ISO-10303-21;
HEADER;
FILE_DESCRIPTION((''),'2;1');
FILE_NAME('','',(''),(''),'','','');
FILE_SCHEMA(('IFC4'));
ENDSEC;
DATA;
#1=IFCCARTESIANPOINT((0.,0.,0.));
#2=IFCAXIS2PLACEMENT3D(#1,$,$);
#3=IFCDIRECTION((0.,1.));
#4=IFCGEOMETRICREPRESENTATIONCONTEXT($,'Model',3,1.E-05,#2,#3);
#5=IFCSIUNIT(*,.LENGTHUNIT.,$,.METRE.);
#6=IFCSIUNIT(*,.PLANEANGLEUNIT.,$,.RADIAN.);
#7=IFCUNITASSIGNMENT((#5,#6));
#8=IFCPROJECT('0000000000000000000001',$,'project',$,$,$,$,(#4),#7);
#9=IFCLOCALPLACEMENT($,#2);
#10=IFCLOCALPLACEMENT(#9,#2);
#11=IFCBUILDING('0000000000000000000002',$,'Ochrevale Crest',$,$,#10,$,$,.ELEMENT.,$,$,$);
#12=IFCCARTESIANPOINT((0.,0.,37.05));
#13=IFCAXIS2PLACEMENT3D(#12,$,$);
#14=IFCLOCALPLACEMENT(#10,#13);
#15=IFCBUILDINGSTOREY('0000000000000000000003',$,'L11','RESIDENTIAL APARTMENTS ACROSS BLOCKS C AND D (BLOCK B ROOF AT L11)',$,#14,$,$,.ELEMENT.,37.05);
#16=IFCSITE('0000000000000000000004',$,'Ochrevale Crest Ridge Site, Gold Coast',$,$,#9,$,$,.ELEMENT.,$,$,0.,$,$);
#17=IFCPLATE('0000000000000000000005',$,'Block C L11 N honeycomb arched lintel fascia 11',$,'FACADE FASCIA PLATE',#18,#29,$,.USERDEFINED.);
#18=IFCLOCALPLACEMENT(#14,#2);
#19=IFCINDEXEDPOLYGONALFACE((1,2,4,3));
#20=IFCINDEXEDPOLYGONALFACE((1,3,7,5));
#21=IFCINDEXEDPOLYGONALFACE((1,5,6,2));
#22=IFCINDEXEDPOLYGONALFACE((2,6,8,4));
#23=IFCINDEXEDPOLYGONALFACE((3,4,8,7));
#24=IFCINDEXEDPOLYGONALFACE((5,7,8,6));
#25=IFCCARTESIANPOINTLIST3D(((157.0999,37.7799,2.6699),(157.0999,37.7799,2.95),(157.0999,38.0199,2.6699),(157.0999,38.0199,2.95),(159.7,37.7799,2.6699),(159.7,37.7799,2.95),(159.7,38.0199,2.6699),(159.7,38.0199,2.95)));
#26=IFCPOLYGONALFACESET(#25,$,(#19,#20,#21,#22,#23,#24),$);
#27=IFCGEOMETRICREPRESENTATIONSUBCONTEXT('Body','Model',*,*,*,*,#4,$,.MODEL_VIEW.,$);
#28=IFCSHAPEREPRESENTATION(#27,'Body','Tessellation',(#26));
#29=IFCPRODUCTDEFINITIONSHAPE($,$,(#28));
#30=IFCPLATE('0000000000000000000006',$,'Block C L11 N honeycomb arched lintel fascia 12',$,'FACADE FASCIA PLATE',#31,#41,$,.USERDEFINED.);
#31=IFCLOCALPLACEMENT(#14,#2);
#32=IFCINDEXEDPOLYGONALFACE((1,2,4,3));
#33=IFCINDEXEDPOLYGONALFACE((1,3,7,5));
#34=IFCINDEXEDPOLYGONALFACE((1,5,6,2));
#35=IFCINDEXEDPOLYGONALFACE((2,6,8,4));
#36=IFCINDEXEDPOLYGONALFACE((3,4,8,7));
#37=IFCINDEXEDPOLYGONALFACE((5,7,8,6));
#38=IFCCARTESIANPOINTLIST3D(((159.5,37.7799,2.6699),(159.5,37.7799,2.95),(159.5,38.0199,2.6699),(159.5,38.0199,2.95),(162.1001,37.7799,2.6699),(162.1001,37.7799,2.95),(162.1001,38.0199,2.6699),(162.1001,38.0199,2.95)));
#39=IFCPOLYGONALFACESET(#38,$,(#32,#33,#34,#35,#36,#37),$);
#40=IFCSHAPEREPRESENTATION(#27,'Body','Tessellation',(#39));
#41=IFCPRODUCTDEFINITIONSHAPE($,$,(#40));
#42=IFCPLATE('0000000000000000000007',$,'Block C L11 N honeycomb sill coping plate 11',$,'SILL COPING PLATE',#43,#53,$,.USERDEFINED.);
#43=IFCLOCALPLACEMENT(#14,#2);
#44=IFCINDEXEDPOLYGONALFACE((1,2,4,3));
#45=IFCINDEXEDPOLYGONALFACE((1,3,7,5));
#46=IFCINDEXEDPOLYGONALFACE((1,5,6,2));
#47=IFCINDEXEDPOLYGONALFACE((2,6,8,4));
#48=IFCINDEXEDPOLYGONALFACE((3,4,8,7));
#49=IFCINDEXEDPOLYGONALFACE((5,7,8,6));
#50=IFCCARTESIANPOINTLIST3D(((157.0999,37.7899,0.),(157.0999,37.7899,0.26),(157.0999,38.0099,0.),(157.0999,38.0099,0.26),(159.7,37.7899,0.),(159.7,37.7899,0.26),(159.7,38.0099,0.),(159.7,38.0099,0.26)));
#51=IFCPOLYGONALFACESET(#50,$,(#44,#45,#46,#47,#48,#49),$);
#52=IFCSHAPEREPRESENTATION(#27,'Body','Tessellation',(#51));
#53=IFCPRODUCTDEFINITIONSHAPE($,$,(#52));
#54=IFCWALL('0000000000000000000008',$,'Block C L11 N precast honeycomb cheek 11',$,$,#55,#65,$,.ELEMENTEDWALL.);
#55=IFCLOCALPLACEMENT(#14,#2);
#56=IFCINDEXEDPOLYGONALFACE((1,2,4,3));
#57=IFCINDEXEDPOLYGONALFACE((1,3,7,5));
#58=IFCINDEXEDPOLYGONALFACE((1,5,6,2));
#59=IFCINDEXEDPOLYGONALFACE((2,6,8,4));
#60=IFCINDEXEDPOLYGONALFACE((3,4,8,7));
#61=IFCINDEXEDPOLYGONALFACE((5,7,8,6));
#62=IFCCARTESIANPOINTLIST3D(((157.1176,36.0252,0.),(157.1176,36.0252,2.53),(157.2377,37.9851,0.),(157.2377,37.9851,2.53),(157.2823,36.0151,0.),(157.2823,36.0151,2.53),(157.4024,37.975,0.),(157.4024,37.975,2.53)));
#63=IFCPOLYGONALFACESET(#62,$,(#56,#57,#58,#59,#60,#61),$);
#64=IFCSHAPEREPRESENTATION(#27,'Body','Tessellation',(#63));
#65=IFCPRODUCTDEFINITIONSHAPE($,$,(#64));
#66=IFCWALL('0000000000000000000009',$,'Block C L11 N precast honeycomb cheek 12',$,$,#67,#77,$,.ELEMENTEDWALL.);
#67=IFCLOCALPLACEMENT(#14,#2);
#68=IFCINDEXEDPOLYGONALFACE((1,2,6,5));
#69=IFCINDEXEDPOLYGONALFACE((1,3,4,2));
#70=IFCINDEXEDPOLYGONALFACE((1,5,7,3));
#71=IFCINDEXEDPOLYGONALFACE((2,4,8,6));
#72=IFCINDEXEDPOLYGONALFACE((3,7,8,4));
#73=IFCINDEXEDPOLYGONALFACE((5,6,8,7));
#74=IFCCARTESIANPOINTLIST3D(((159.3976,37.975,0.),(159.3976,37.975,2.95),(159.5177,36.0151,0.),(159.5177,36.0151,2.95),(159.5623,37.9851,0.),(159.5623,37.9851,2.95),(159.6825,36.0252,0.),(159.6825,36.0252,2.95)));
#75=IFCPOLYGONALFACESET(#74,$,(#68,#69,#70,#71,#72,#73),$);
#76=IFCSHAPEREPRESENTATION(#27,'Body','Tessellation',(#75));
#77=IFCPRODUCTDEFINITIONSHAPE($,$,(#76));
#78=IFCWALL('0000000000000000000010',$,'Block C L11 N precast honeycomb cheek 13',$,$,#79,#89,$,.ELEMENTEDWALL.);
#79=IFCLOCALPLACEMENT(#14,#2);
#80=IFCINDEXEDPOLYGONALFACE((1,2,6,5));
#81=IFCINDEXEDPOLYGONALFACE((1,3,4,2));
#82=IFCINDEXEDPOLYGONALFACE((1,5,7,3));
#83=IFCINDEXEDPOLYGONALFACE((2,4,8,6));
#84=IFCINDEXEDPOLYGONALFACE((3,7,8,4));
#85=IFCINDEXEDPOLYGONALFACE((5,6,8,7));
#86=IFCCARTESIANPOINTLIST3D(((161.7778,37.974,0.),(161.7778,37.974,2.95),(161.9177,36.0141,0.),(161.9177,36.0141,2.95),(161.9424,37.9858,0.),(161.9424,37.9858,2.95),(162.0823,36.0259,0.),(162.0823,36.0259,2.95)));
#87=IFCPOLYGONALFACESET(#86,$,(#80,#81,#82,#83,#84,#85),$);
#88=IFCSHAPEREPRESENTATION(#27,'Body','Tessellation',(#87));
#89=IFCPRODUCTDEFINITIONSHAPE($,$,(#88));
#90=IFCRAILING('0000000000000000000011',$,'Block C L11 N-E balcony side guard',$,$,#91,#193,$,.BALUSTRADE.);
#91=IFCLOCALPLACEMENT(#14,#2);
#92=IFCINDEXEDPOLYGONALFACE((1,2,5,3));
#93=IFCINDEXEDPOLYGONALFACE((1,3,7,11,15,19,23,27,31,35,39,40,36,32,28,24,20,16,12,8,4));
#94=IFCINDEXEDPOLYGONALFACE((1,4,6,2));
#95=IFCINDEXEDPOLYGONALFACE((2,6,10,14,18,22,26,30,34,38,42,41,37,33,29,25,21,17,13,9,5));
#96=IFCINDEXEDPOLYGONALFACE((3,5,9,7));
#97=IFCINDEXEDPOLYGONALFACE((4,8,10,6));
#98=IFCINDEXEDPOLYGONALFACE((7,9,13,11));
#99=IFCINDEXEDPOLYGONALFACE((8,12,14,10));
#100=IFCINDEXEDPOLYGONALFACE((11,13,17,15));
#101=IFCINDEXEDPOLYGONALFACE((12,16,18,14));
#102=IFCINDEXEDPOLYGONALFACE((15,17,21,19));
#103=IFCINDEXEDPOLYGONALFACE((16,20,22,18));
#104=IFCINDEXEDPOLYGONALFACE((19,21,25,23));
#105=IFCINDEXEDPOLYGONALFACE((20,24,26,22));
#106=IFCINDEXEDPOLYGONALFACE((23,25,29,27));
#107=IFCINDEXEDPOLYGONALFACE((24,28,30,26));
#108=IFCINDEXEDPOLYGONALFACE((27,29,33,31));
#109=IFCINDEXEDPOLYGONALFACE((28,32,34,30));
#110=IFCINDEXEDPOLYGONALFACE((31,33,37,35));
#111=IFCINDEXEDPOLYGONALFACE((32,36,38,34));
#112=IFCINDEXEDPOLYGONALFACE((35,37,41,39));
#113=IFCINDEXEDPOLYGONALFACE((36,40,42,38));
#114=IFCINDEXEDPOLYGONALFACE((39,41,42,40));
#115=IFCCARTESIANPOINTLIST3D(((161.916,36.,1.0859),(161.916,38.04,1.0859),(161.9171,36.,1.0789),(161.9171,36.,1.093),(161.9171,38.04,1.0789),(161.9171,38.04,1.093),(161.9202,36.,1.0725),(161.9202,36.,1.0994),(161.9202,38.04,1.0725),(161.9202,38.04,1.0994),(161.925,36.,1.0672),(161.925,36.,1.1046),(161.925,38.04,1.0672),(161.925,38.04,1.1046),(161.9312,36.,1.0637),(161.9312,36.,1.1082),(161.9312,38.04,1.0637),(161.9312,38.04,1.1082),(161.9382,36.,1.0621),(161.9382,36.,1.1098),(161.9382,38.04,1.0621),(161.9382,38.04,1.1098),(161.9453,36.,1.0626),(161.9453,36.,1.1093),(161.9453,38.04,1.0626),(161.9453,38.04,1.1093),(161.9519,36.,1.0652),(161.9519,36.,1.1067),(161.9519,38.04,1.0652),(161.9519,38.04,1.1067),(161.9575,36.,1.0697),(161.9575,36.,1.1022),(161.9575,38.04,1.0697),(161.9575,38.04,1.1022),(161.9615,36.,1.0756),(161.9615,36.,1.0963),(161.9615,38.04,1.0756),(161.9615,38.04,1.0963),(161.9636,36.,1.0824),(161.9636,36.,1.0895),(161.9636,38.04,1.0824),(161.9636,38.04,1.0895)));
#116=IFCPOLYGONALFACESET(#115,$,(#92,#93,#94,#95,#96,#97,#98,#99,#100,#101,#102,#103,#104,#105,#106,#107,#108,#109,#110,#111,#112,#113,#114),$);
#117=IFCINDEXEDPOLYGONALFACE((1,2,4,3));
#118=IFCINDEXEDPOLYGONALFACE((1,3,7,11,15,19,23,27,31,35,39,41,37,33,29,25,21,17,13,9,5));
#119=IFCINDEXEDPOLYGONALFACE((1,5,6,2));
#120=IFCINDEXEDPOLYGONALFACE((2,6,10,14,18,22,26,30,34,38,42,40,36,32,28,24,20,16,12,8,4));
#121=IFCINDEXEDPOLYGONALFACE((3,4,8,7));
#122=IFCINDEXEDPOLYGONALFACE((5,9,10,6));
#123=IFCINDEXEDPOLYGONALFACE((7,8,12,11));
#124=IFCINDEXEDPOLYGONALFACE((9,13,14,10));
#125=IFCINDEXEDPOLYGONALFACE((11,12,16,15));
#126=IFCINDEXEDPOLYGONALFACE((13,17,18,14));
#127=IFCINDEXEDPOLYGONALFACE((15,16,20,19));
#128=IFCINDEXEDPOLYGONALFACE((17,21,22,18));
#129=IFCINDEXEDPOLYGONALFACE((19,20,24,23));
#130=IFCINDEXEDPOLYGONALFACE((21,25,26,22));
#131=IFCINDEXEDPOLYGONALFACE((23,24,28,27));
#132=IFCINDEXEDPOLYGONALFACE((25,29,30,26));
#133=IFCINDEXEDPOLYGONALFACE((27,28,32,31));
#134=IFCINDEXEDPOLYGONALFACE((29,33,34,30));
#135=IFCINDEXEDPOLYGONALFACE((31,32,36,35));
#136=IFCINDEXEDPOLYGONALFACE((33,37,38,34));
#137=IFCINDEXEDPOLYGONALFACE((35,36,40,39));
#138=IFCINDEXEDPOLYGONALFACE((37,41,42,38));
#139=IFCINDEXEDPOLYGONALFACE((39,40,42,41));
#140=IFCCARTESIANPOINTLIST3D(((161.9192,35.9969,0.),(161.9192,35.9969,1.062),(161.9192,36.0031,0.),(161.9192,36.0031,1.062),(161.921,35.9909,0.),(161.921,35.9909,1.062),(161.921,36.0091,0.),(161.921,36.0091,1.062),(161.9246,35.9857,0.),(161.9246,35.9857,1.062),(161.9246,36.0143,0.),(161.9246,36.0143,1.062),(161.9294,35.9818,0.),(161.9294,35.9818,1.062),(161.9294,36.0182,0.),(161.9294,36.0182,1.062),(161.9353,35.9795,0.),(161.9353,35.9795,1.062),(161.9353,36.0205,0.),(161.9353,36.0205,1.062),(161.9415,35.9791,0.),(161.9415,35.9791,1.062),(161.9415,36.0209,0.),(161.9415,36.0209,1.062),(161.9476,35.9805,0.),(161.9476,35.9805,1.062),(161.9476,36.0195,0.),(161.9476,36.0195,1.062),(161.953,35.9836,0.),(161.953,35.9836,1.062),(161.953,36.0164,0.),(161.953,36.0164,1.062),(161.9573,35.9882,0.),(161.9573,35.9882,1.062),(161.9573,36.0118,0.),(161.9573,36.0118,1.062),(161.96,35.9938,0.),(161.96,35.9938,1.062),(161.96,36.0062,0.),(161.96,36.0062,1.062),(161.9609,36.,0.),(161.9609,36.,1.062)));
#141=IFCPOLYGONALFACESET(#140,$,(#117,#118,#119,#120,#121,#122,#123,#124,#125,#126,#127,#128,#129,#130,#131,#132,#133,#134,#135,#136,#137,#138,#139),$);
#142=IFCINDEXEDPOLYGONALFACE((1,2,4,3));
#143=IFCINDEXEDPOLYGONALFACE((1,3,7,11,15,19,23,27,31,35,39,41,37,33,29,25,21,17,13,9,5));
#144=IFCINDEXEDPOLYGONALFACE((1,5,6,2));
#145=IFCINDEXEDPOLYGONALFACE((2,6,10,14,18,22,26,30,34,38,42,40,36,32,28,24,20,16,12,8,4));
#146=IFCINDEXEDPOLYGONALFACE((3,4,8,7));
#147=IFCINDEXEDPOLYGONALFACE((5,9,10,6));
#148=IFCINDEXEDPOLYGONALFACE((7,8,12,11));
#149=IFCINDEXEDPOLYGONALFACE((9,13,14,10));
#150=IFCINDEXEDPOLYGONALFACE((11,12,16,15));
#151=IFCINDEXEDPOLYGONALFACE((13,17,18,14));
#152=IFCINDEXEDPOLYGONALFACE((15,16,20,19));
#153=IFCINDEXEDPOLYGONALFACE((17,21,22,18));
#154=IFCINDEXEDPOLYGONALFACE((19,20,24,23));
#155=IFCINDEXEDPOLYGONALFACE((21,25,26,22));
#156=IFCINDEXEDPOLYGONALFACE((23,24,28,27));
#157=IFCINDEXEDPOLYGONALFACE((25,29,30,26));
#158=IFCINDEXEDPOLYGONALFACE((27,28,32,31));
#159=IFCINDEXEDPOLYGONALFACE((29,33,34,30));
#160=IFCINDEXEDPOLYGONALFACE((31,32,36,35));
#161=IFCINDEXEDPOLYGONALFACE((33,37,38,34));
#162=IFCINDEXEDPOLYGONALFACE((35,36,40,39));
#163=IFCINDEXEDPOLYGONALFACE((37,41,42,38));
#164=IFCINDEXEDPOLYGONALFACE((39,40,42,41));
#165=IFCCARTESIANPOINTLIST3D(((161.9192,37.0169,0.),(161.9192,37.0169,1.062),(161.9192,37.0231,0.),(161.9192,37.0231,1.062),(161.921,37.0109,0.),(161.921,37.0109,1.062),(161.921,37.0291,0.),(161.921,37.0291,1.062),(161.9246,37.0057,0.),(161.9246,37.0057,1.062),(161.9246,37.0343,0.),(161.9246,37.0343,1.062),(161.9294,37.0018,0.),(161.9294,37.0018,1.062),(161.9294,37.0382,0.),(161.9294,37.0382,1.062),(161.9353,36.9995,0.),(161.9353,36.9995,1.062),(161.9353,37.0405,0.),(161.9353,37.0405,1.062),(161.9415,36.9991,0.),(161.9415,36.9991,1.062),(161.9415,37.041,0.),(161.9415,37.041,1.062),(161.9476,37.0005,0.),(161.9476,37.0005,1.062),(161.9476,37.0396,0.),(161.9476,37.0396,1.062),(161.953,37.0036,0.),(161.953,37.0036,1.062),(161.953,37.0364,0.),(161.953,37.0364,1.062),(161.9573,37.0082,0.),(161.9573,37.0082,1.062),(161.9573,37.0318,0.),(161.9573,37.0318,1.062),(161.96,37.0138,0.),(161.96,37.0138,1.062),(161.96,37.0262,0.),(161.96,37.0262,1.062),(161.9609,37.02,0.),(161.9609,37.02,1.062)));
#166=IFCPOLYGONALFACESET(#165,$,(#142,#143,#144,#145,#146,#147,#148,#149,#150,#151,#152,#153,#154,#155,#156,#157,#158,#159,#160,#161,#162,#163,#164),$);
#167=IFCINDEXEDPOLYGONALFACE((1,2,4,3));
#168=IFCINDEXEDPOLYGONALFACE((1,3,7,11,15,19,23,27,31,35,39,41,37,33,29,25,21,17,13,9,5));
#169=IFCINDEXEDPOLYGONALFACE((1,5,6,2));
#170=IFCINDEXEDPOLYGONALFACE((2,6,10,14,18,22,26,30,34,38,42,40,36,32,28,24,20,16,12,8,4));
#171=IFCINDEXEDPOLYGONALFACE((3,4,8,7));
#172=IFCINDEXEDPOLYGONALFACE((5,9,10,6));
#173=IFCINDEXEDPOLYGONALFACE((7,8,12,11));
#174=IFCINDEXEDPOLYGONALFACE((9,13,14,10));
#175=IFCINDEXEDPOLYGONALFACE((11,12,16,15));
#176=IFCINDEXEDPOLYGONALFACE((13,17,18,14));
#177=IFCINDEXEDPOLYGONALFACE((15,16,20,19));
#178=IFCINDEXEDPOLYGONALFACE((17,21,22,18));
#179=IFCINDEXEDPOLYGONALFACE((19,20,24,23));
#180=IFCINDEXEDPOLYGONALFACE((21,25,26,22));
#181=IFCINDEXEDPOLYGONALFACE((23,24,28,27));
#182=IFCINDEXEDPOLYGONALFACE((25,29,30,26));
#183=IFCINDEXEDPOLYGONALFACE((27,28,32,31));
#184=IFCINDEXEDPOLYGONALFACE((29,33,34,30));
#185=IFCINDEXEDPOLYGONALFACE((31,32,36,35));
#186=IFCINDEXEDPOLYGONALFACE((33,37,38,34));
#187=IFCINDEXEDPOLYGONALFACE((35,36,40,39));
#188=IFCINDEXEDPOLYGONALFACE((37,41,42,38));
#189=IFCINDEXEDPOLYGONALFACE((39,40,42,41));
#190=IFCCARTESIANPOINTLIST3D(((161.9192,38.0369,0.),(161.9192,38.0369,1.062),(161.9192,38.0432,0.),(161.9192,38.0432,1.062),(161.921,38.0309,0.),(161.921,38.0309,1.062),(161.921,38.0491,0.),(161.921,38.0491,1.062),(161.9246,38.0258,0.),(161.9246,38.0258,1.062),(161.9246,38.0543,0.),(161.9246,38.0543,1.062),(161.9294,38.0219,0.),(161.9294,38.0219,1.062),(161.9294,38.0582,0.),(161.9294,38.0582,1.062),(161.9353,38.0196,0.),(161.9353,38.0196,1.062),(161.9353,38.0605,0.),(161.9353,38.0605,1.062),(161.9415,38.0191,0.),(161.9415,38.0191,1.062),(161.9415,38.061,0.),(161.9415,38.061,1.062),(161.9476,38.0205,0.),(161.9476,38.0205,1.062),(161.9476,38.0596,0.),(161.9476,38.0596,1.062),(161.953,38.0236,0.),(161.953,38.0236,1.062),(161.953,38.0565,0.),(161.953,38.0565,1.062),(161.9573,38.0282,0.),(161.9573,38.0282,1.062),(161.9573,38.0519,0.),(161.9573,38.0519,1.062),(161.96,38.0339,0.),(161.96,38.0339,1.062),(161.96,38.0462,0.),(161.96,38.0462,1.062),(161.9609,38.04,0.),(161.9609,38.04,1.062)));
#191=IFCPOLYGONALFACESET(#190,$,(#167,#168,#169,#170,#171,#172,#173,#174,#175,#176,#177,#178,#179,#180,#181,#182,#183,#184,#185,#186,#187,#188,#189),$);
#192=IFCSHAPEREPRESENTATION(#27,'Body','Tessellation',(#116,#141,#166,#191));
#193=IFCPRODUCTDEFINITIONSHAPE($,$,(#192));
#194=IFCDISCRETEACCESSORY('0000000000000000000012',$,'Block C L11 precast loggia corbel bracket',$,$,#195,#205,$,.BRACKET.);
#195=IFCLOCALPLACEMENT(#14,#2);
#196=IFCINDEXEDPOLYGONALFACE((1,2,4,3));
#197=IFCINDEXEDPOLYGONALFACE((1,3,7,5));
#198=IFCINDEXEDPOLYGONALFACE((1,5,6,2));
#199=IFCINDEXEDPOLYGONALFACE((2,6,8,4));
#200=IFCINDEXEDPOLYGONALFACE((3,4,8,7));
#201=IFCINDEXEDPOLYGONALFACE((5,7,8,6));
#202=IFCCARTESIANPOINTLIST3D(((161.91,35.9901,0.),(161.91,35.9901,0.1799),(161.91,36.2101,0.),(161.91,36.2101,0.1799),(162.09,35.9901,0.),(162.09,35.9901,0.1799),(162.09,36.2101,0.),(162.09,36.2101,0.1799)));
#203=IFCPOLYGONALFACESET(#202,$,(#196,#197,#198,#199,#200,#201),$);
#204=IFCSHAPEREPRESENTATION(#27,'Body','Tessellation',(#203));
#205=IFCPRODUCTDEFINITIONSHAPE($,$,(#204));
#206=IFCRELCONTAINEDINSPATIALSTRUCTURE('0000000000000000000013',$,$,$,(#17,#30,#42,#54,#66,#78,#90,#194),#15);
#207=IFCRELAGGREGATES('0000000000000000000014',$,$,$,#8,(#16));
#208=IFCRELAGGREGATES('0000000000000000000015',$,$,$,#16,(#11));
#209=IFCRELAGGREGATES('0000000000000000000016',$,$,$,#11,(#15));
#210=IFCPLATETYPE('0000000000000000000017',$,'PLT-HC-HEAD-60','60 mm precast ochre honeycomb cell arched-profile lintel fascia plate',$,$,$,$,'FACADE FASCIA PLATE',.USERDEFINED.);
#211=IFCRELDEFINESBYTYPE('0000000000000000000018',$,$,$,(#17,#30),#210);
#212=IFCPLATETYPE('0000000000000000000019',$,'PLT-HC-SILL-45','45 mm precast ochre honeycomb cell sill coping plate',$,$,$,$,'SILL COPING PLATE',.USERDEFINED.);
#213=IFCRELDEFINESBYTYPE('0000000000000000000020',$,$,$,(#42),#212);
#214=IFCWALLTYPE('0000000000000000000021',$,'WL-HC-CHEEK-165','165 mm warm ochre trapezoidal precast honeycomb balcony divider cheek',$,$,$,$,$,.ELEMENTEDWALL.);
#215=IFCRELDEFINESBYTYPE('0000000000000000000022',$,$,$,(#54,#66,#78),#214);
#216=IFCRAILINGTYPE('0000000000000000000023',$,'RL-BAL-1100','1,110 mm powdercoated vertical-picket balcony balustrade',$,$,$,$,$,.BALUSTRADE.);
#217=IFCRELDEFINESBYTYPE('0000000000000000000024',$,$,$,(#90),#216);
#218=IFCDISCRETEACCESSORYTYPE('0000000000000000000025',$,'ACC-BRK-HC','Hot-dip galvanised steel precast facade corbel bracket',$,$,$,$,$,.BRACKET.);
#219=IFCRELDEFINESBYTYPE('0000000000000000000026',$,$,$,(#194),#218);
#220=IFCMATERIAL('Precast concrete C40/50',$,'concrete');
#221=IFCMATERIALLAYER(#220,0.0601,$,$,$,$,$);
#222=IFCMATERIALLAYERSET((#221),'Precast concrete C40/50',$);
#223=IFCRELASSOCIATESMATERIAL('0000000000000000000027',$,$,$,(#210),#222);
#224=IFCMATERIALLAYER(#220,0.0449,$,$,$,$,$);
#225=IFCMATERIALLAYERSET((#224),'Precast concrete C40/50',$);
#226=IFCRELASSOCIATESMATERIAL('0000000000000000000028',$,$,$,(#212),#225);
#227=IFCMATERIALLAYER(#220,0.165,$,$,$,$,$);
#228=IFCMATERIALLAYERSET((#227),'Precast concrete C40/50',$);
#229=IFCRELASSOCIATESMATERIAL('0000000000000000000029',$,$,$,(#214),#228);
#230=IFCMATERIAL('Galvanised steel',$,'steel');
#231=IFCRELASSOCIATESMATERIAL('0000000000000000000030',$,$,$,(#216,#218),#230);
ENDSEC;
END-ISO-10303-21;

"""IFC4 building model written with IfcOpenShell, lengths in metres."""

from ifc_helpers import new_model, si_unit, direction, frame, frame_2d, origin, origin_2d, place, context, subcontext, project, spatial, rectangle, circle, extrude, material, layer, layer_set, type_object, element, save


model = new_model("IFC4")

# Units and contexts
model_context = context("Model", 3, precision=1e-05, world=origin(), true_north=direction((0.0, 1.0)))
body_context = subcontext(model_context, "Body", "Model", "MODEL_VIEW")
ifc_project = project(units=[si_unit("LENGTHUNIT", "METRE"), si_unit("PLANEANGLEUNIT", "RADIAN")], contexts=[model_context])

# Site, building, storey
site_placement = place(None, origin())
site = spatial("IfcSite", under=ifc_project, at=site_placement, Name="Ochrevale Crest Ridge Site, Gold Coast", CompositionType="ELEMENT", RefElevation=0.0)
building_placement = place(site_placement, origin())
building = spatial("IfcBuilding", under=site, at=building_placement, Name="Ochrevale Crest", CompositionType="ELEMENT")
storey_placement = place(building_placement, frame((0.0, 0.0, 37.05)))
storey = spatial("IfcBuildingStorey", under=building, at=storey_placement, Name="L11", Description="RESIDENTIAL APARTMENTS ACROSS BLOCKS C AND D (BLOCK B ROOF AT L11)", CompositionType="ELEMENT", Elevation=37.05)

# Shared definitions
ifc_material_1 = material(Name="Precast concrete C40/50", Category="concrete")

# Plates
ifc_layer_1 = layer(ifc_material_1, 0.0601)
ifc_layer_set_1 = layer_set([ifc_layer_1], Name="Precast concrete C40/50")
plate_type_1 = type_object("IfcPlateType", Name="PLT-HC-HEAD-60", Description="60 mm precast ochre honeycomb cell arched-profile lintel fascia plate", ElementType="FACADE FASCIA PLATE", PredefinedType="USERDEFINED", material=ifc_layer_set_1)
for number, where, z_axis, x_axis, name in (
    (1, (158.3999, 37.8999, 2.6699), (0.0, 0.0, 1.0), (1.0, 0.0, 0.0), "Block C L11 N honeycomb arched lintel fascia 11"),
    (2, (160.8, 37.8999, 2.6699), (0.0, 0.0, 1.0), (1.0, 0.0, 0.0), "Block C L11 N honeycomb arched lintel fascia 12"),
):
    element("IfcPlate", number, at=place(storey_placement, frame(where, z_axis=z_axis, x_axis=x_axis)), inside=storey, type_object=plate_type_1, Name=name, ObjectType="FACADE FASCIA PLATE", PredefinedType="USERDEFINED", context=body_context, shape_type="SweptSolid", body=[
        extrude(rectangle(XDim=2.6001, YDim=0.24, at=origin_2d()), origin(), (0.0, 0.0, 1.0), 0.28),
    ])
ifc_layer_2 = layer(ifc_material_1, 0.0449)
ifc_layer_set_2 = layer_set([ifc_layer_2], Name="Precast concrete C40/50")
plate_type_2 = type_object("IfcPlateType", Name="PLT-HC-SILL-45", Description="45 mm precast ochre honeycomb cell sill coping plate", ElementType="SILL COPING PLATE", PredefinedType="USERDEFINED", material=ifc_layer_set_2)
plate_1_placement = place(storey_placement, frame((158.3999, 37.8999, 0.0), z_axis=(0.0, 0.0, 1.0), x_axis=(1.0, 0.0, 0.0)))
element("IfcPlate", 3, at=plate_1_placement, inside=storey, type_object=plate_type_2, Name="Block C L11 N honeycomb sill coping plate 11", ObjectType="SILL COPING PLATE", PredefinedType="USERDEFINED", context=body_context, shape_type="SweptSolid", body=[
    extrude(rectangle(XDim=2.6001, YDim=0.22, at=origin_2d()), origin(), (0.0, 0.0, 1.0), 0.26),
])

# Walls
ifc_layer_3 = layer(ifc_material_1, 0.165)
ifc_layer_set_3 = layer_set([ifc_layer_3], Name="Precast concrete C40/50")
wall_type_1 = type_object("IfcWallType", Name="WL-HC-CHEEK-165", Description="165 mm warm ochre trapezoidal precast honeycomb balcony divider cheek", PredefinedType="ELEMENTEDWALL", material=ifc_layer_set_3)
wall_1_placement = place(storey_placement, frame((157.2, 36.02, 0.0), z_axis=(0.0, 0.0, 1.0), x_axis=(0.061171, 0.998127, 0.0)))
element("IfcWall", 4, at=wall_1_placement, inside=storey, type_object=wall_type_1, Name="Block C L11 N precast honeycomb cheek 11", PredefinedType="ELEMENTEDWALL", context=body_context, shape_type="SweptSolid", body=[
    extrude(rectangle(XDim=1.9636, YDim=0.165, at=frame_2d((0.9819, 0.0))), origin(), (0.0, 0.0, 1.0), 2.53),
])
wall_2_placement = place(storey_placement, frame((159.6001, 36.02, 0.0), z_axis=(0.0, 0.0, 1.0), x_axis=(-0.061171, 0.998127, 0.0)))
element("IfcWall", 5, at=wall_2_placement, inside=storey, type_object=wall_type_1, Name="Block C L11 N precast honeycomb cheek 12", PredefinedType="ELEMENTEDWALL", context=body_context, shape_type="SweptSolid", body=[
    extrude(rectangle(XDim=1.9636, YDim=0.165, at=frame_2d((0.9819, 0.0))), origin(), (0.0, 0.0, 1.0), 2.95),
])
wall_3_placement = place(storey_placement, frame((162.0, 36.02, 0.0), z_axis=(0.0, 0.0, 1.0), x_axis=(-0.071194, 0.997462, 0.0)))
element("IfcWall", 6, at=wall_3_placement, inside=storey, type_object=wall_type_1, Name="Block C L11 N precast honeycomb cheek 13", PredefinedType="ELEMENTEDWALL", context=body_context, shape_type="SweptSolid", body=[
    extrude(rectangle(XDim=1.9648, YDim=0.165, at=frame_2d((0.9824, 0.0))), origin(), (0.0, 0.0, 1.0), 2.95),
])

# Railing
ifc_material_2 = material(Name="Galvanised steel", Category="steel")
railing_type = type_object("IfcRailingType", Name="RL-BAL-1100", Description="1,110 mm powdercoated vertical-picket balcony balustrade", PredefinedType="BALUSTRADE", material=ifc_material_2)
railing_placement = place(storey_placement, frame((161.9399, 36.0, 0.0)))
element("IfcRailing", 7, at=railing_placement, inside=storey, type_object=railing_type, Name="Block C L11 N-E balcony side guard", PredefinedType="BALUSTRADE", context=body_context, shape_type="SweptSolid", body=[
    extrude(circle(Radius=0.0239, at=origin_2d()), frame((0.0, 0.0, 1.0859), z_axis=(0.0, 1.0, 0.0), x_axis=(-1.0, 0.0, 0.0)), (0.0, 0.0, 1.0), 2.04),
    extrude(circle(Radius=0.021, at=origin_2d()), origin(), (0.0, 0.0, 1.0), 1.062),
    extrude(circle(Radius=0.021, at=origin_2d()), frame((0.0, 1.02, 0.0)), (0.0, 0.0, 1.0), 1.062),
    extrude(circle(Radius=0.021, at=origin_2d()), frame((0.0, 2.04, 0.0)), (0.0, 0.0, 1.0), 1.062),
])

# Discrete accessory
discrete_accessory_type = type_object("IfcDiscreteAccessoryType", Name="ACC-BRK-HC", Description="Hot-dip galvanised steel precast facade corbel bracket", PredefinedType="BRACKET", material=ifc_material_2)
discrete_accessory_placement = place(storey_placement, frame((162.0, 36.1001, 0.0), z_axis=(0.0, 0.0, 1.0), x_axis=(1.0, 0.0, 0.0)))
element("IfcDiscreteAccessory", 8, at=discrete_accessory_placement, inside=storey, type_object=discrete_accessory_type, Name="Block C L11 precast loggia corbel bracket", PredefinedType="BRACKET", context=body_context, shape_type="SweptSolid", body=[
    extrude(rectangle(XDim=0.1799, YDim=0.22, at=origin_2d()), origin(), (0.0, 0.0, 1.0), 0.1799),
])

save(model, "model.ifc")
